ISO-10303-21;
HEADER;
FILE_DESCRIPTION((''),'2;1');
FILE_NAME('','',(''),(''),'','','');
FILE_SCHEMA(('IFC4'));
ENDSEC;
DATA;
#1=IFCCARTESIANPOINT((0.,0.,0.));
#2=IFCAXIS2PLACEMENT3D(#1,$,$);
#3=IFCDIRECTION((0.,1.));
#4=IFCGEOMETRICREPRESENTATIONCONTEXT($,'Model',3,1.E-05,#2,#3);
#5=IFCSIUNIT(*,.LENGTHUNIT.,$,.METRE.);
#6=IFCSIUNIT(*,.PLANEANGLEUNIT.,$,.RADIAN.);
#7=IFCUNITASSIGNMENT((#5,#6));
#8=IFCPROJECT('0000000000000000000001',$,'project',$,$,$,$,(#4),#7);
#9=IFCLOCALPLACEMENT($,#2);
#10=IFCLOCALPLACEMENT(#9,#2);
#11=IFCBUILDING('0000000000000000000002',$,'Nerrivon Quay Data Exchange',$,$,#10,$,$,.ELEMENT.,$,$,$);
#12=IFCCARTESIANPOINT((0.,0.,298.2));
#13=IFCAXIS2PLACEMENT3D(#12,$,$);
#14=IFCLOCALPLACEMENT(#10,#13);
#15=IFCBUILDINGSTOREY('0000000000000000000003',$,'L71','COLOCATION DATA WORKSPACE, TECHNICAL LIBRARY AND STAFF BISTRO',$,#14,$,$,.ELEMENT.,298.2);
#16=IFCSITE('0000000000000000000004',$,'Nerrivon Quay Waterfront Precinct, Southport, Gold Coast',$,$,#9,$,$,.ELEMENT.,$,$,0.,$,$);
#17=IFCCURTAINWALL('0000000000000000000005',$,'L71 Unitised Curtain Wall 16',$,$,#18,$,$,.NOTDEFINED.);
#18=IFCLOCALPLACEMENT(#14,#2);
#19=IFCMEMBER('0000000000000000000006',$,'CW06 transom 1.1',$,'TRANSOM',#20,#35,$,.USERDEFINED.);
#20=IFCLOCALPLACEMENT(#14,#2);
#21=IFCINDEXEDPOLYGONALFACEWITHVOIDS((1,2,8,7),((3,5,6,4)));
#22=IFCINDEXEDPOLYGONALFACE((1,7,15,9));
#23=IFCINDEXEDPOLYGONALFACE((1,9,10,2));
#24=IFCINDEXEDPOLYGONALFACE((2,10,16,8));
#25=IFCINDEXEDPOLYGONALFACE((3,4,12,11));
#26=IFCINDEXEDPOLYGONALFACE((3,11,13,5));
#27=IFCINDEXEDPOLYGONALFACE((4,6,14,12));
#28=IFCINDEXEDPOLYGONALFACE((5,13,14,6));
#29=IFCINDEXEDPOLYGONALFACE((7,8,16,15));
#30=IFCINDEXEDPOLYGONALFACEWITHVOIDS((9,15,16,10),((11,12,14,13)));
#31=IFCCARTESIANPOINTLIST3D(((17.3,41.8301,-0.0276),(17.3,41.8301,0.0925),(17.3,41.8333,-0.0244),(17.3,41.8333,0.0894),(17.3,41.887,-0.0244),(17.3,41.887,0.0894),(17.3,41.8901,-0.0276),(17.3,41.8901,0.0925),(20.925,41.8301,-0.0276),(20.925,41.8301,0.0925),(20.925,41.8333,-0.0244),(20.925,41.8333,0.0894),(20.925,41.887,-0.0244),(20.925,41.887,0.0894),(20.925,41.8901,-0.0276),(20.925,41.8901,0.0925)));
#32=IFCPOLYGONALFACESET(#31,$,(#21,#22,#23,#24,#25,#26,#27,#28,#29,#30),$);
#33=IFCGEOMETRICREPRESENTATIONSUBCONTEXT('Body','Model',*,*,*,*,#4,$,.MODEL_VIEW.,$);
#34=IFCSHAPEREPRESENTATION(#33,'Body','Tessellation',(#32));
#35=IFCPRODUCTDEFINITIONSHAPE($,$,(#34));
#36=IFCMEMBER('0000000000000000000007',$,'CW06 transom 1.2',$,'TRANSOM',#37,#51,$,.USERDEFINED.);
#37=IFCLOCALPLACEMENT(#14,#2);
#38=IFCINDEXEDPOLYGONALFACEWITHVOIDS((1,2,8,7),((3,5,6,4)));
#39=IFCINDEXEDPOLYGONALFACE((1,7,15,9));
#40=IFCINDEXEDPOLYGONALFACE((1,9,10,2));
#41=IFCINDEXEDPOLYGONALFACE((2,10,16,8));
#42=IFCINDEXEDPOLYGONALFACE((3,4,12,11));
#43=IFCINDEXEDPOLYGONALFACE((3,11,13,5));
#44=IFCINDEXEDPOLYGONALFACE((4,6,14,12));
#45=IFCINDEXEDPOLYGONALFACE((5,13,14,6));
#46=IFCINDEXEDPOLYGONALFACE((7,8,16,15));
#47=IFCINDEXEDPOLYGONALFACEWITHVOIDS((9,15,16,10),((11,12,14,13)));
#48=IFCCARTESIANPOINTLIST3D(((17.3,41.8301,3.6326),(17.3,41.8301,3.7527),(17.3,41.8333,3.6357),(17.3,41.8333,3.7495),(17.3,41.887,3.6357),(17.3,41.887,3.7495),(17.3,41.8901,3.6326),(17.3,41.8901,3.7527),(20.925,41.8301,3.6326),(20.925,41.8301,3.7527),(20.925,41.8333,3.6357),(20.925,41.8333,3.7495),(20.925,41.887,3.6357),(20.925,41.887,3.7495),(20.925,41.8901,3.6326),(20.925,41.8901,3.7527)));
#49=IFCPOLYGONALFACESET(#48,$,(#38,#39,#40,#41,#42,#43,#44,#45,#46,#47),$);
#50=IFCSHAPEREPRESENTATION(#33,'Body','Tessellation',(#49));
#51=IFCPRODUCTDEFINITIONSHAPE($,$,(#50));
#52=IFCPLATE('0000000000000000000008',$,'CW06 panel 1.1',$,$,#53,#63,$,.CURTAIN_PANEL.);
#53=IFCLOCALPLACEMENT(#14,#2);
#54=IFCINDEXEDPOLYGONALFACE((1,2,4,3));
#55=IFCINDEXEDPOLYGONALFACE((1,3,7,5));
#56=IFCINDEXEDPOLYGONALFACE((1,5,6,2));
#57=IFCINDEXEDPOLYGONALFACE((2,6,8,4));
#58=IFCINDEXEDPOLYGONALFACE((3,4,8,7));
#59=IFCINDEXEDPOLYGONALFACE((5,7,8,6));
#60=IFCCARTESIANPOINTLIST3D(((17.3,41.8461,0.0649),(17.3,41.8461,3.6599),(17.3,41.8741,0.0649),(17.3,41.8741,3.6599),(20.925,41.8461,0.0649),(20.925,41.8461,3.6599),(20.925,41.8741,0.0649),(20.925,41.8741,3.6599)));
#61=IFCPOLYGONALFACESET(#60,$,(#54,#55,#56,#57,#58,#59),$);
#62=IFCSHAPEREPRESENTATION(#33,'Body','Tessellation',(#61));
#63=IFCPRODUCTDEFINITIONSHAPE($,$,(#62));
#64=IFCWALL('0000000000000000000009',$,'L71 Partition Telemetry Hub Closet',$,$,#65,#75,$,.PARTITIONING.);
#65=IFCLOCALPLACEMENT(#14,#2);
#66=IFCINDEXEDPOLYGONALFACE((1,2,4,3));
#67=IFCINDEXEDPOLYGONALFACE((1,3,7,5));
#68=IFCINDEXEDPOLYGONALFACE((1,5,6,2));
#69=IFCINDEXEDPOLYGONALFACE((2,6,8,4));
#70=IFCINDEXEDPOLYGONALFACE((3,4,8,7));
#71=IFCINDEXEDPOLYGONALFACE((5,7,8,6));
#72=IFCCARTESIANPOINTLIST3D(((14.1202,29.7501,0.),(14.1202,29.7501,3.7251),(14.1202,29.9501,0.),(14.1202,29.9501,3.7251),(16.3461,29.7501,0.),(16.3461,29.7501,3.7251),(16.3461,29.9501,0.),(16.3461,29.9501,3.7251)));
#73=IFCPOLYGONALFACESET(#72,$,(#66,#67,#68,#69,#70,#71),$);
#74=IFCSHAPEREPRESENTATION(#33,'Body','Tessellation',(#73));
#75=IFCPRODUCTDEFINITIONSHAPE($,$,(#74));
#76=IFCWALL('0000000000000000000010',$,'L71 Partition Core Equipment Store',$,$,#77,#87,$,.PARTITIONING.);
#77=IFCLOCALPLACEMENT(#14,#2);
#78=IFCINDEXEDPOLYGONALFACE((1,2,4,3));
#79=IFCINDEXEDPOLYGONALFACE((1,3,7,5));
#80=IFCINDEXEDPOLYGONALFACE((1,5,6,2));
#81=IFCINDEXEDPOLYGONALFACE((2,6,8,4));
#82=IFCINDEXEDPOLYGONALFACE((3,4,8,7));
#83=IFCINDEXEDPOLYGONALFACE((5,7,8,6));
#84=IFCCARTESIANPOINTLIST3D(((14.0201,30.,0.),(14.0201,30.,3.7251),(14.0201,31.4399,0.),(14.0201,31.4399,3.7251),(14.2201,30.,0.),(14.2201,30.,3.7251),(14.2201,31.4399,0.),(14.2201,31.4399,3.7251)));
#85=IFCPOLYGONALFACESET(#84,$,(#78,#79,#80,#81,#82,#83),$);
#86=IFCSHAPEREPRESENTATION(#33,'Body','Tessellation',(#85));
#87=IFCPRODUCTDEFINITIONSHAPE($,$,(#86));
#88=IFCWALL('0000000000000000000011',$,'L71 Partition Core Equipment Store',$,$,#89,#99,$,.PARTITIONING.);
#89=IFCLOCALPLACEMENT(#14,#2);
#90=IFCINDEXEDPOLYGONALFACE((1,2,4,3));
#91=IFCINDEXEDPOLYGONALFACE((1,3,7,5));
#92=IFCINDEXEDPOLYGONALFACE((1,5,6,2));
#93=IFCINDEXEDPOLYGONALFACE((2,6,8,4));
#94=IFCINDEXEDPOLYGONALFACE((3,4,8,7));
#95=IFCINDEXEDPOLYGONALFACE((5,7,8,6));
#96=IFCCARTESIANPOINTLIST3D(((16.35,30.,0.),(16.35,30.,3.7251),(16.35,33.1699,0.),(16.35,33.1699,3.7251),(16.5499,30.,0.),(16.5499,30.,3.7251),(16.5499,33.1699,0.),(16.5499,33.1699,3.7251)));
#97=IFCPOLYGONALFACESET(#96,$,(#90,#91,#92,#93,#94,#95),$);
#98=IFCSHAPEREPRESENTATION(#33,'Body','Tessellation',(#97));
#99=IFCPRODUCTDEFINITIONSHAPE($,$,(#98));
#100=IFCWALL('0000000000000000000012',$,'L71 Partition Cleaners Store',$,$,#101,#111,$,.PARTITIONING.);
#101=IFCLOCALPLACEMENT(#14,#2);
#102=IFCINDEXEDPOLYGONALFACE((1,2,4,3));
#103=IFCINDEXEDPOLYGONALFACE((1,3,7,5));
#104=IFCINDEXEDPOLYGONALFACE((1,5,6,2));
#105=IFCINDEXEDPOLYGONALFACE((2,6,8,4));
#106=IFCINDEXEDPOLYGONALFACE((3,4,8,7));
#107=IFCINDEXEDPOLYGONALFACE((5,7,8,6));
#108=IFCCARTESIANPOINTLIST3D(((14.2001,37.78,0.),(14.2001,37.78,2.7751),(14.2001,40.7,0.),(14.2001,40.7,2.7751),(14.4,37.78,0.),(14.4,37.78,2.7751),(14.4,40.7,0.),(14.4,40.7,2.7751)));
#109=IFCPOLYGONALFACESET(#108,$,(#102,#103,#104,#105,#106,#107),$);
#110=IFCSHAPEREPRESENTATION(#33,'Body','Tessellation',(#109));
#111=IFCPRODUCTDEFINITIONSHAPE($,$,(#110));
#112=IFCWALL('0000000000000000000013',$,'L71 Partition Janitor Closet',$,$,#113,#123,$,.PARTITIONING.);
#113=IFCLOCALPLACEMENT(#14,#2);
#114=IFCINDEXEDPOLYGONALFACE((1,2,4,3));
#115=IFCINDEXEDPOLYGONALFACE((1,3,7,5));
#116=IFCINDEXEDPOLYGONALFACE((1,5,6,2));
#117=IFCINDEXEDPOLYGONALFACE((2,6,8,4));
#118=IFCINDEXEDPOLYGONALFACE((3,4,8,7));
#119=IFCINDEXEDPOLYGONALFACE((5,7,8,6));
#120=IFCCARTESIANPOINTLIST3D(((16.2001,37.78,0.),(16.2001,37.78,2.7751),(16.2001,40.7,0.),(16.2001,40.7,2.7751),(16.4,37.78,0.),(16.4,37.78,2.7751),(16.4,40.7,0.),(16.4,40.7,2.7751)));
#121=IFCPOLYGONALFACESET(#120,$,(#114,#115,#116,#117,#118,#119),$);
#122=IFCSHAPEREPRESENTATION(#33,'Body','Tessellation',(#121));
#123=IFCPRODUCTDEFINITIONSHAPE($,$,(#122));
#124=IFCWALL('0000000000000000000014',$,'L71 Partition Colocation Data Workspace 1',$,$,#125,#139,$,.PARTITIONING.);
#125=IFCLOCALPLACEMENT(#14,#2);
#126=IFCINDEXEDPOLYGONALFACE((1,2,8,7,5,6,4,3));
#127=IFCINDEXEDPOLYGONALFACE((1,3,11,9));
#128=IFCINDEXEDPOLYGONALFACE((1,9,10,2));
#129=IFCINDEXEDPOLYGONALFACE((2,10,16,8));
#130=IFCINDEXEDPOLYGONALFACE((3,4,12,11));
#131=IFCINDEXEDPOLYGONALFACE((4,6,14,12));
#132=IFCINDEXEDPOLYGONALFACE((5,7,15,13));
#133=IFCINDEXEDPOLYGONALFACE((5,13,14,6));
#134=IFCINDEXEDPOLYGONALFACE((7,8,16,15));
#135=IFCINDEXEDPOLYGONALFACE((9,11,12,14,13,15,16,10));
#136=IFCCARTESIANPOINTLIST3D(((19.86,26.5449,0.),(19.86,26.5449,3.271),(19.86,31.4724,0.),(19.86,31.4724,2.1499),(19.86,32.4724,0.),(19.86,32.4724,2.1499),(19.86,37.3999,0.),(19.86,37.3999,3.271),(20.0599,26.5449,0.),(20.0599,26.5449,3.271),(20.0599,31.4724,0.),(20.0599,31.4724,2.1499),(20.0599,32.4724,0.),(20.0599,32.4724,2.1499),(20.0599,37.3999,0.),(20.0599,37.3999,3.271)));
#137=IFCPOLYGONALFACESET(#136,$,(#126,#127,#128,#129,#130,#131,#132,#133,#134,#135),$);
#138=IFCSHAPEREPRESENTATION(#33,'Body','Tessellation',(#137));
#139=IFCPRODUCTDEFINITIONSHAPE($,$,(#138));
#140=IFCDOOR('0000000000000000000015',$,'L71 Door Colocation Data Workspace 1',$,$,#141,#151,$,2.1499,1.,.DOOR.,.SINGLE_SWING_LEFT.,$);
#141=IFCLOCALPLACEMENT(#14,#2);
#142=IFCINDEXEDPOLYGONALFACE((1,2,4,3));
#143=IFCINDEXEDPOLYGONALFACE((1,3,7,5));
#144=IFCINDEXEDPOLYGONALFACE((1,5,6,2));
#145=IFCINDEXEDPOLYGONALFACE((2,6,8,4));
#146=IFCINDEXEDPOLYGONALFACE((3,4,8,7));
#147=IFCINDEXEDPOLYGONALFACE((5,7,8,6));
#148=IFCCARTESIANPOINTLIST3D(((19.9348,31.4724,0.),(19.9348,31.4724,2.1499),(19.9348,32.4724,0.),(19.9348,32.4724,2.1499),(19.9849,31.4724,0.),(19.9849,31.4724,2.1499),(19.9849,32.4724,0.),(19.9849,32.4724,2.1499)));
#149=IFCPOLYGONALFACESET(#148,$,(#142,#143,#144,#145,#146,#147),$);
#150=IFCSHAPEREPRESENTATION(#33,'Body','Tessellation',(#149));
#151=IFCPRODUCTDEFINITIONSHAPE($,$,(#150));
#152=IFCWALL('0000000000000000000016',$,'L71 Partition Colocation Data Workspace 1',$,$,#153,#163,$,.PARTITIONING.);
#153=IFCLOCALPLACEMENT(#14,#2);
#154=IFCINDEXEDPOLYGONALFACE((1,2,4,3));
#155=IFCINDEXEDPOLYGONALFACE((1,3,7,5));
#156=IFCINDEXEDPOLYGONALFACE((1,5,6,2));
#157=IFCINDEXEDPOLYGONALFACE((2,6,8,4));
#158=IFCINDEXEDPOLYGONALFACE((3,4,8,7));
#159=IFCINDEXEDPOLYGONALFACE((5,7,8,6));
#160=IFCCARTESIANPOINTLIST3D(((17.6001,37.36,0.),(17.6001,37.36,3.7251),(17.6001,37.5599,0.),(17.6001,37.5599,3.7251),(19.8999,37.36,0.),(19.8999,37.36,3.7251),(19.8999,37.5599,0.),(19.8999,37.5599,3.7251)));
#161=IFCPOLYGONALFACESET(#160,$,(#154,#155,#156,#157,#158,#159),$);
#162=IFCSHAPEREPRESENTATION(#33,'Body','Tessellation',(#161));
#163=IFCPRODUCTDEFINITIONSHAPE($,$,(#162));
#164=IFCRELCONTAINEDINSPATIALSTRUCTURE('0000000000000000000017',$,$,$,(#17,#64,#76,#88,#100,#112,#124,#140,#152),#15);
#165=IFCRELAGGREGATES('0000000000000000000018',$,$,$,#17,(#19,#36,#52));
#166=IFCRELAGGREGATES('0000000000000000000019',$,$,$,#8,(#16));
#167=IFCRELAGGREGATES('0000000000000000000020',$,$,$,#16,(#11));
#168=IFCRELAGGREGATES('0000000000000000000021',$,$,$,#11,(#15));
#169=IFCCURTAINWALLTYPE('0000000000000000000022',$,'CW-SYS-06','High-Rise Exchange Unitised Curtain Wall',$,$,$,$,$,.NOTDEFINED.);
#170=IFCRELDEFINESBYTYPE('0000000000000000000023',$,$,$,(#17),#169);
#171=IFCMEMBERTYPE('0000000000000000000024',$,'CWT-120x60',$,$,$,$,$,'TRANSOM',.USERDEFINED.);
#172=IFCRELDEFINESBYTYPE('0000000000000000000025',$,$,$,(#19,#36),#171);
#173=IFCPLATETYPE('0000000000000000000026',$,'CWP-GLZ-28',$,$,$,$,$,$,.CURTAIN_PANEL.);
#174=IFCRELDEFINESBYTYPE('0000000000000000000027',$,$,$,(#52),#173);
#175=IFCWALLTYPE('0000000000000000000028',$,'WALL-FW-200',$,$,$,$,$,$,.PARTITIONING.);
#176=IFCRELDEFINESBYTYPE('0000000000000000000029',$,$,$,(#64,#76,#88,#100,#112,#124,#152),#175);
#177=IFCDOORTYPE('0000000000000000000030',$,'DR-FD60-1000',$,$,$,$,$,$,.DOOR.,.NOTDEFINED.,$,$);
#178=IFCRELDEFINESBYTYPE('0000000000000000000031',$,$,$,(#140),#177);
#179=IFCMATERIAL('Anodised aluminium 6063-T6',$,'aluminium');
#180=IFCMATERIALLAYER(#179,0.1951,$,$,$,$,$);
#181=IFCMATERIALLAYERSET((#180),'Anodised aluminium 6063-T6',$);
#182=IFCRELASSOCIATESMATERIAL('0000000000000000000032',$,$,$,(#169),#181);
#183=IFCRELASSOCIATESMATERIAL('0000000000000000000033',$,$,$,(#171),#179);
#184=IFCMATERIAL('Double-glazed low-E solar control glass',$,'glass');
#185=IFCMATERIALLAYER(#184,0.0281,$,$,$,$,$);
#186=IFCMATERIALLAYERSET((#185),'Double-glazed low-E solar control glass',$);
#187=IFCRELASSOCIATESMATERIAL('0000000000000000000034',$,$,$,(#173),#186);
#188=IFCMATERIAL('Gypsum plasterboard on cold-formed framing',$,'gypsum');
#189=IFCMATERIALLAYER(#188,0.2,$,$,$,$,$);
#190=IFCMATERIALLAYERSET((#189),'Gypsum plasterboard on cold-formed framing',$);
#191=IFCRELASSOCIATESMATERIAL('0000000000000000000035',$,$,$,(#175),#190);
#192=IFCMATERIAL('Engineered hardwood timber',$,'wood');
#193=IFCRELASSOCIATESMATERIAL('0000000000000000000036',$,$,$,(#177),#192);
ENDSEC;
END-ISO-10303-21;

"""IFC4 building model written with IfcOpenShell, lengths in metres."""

from ifc_helpers import new_model, si_unit, direction, frame, frame_2d, origin, origin_2d, place, context, subcontext, project, spatial, rectangle, hollow_rectangle, extrude, material, layer, layer_set, material_profile, profile_set, type_object, element, fill, aggregate, save


model = new_model("IFC4")

# Units and contexts
model_context = context("Model", 3, precision=1e-05, world=origin(), true_north=direction((0.0, 1.0)))
body_context = subcontext(model_context, "Body", "Model", "MODEL_VIEW")
ifc_project = project(units=[si_unit("LENGTHUNIT", "METRE"), si_unit("PLANEANGLEUNIT", "RADIAN")], contexts=[model_context])

# Site, building, storey
site_placement = place(None, origin())
site = spatial("IfcSite", under=ifc_project, at=site_placement, Name="Nerrivon Quay Waterfront Precinct, Southport, Gold Coast", CompositionType="ELEMENT", RefElevation=0.0)
building_placement = place(site_placement, origin())
building = spatial("IfcBuilding", under=site, at=building_placement, Name="Nerrivon Quay Data Exchange", CompositionType="ELEMENT")
storey_placement = place(building_placement, frame((0.0, 0.0, 298.2)))
storey = spatial("IfcBuildingStorey", under=building, at=storey_placement, Name="L71", Description="COLOCATION DATA WORKSPACE, TECHNICAL LIBRARY AND STAFF BISTRO", CompositionType="ELEMENT", Elevation=298.2)

# Curtain wall
ifc_material_1 = material(Name="Anodised aluminium 6063-T6", Category="aluminium")
ifc_layer_1 = layer(ifc_material_1, 0.1951)
ifc_layer_set_1 = layer_set([ifc_layer_1], Name="Anodised aluminium 6063-T6")
curtain_wall_type = type_object("IfcCurtainWallType", Name="CW-SYS-06", Description="High-Rise Exchange Unitised Curtain Wall", PredefinedType="NOTDEFINED", material=ifc_layer_set_1)
curtain_wall_1_placement = place(storey_placement, origin())
curtain_wall_1 = element("IfcCurtainWall", 1, at=curtain_wall_1_placement, inside=storey, type_object=curtain_wall_type, Name="L71 Unitised Curtain Wall 16", PredefinedType="NOTDEFINED")

# Members
ifc_material_profile_1 = material_profile(ifc_material_1, hollow_rectangle(XDim=0.0601, YDim=0.1201, WallThickness=0.0032, at=origin_2d()), Name="ALU-TRAN-120x60")
ifc_profile_set_1 = profile_set([ifc_material_profile_1], Name="Anodised aluminium 6063-T6")
member_type_1 = type_object("IfcMemberType", Name="CWT-120x60", ElementType="TRANSOM", PredefinedType="USERDEFINED", material=ifc_profile_set_1)
member_1_placement = place(storey_placement, frame((17.3, 41.8601, 0.0325), z_axis=(1.0, 0.0, 0.0), x_axis=(0.0, 1.0, 0.0)))
member_1 = element("IfcMember", 2, at=member_1_placement, type_object=member_type_1, Name="CW06 transom 1.1", ObjectType="TRANSOM", PredefinedType="USERDEFINED", context=body_context, shape_type="SweptSolid", body=[
    extrude(hollow_rectangle(XDim=0.0601, YDim=0.1201, WallThickness=0.0032, at=origin_2d()), origin(), (0.0, 0.0, 1.0), 3.625),
])
member_2_placement = place(storey_placement, frame((17.3, 41.8601, 3.6926), z_axis=(1.0, 0.0, 0.0), x_axis=(0.0, 1.0, 0.0)))
member_2 = element("IfcMember", 3, at=member_2_placement, type_object=member_type_1, Name="CW06 transom 1.2", ObjectType="TRANSOM", PredefinedType="USERDEFINED", context=body_context, shape_type="SweptSolid", body=[
    extrude(hollow_rectangle(XDim=0.0601, YDim=0.1201, WallThickness=0.0032, at=origin_2d()), origin(), (0.0, 0.0, 1.0), 3.625),
])

# Plate
ifc_material_2 = material(Name="Double-glazed low-E solar control glass", Category="glass")
ifc_layer_2 = layer(ifc_material_2, 0.0281)
ifc_layer_set_2 = layer_set([ifc_layer_2], Name="Double-glazed low-E solar control glass")
plate_type = type_object("IfcPlateType", Name="CWP-GLZ-28", PredefinedType="CURTAIN_PANEL", material=ifc_layer_set_2)
plate_placement = place(storey_placement, frame((19.1125, 41.8601, 0.0649), z_axis=(0.0, 0.0, 1.0), x_axis=(1.0, 0.0, 0.0)))
plate = element("IfcPlate", 4, at=plate_placement, type_object=plate_type, Name="CW06 panel 1.1", PredefinedType="CURTAIN_PANEL", context=body_context, shape_type="SweptSolid", body=[
    extrude(rectangle(XDim=3.625, YDim=0.0281, at=origin_2d()), origin(), (0.0, 0.0, 1.0), 3.595),
])
aggregate(curtain_wall_1, [member_1, member_2, plate])

# Wall
ifc_material_3 = material(Name="Gypsum plasterboard on cold-formed framing", Category="gypsum")
ifc_layer_3 = layer(ifc_material_3, 0.2)
ifc_layer_set_3 = layer_set([ifc_layer_3], Name="Gypsum plasterboard on cold-formed framing")
wall_type_1 = type_object("IfcWallType", Name="WALL-FW-200", PredefinedType="PARTITIONING", material=ifc_layer_set_3)
wall_1_placement = place(storey_placement, frame((16.3459, 29.8501, 0.0), z_axis=(0.0, 0.0, 1.0), x_axis=(-1.0, 0.0, 0.0)))
element("IfcWall", 5, at=wall_1_placement, inside=storey, type_object=wall_type_1, Name="L71 Partition Telemetry Hub Closet", PredefinedType="PARTITIONING", context=body_context, shape_type="SweptSolid", body=[
    extrude(rectangle(XDim=2.2258, YDim=0.2, at=frame_2d((1.1128, 0.0))), origin(), (0.0, 0.0, 1.0), 3.7251),
])

# Shared definitions
ifc_material_4 = material(Name="Engineered hardwood timber", Category="wood")

# Walls
wall_2_placement = place(storey_placement, frame((14.1201, 31.4399, 0.0), z_axis=(0.0, 0.0, 1.0), x_axis=(0.0, -1.0, 0.0)))
element("IfcWall", 6, at=wall_2_placement, inside=storey, type_object=wall_type_1, Name="L71 Partition Core Equipment Store", PredefinedType="PARTITIONING", context=body_context, shape_type="SweptSolid", body=[
    extrude(rectangle(XDim=1.4399, YDim=0.2, at=frame_2d((0.72, 0.0))), origin(), (0.0, 0.0, 1.0), 3.7251),
])
wall_3_placement = place(storey_placement, frame((16.45, 30.0, 0.0), z_axis=(0.0, 0.0, 1.0), x_axis=(0.0, 1.0, 0.0)))
element("IfcWall", 7, at=wall_3_placement, inside=storey, type_object=wall_type_1, Name="L71 Partition Core Equipment Store", PredefinedType="PARTITIONING", context=body_context, shape_type="SweptSolid", body=[
    extrude(rectangle(XDim=3.1699, YDim=0.2, at=frame_2d((1.585, 0.0))), origin(), (0.0, 0.0, 1.0), 3.7251),
])
for number, where, z_axis, x_axis, name in (
    (8, (14.3, 37.78, 0.0), (0.0, 0.0, 1.0), (0.0, 1.0, 0.0), "L71 Partition Cleaners Store"),
    (9, (16.3, 37.78, 0.0), (0.0, 0.0, 1.0), (0.0, 1.0, 0.0), "L71 Partition Janitor Closet"),
):
    element("IfcWall", number, at=place(storey_placement, frame(where, z_axis=z_axis, x_axis=x_axis)), inside=storey, type_object=wall_type_1, Name=name, PredefinedType="PARTITIONING", context=body_context, shape_type="SweptSolid", body=[
        extrude(rectangle(XDim=2.9199, YDim=0.2, at=frame_2d((1.46, 0.0))), origin(), (0.0, 0.0, 1.0), 2.7751),
    ])

# Wall, opening, door
wall_4_placement = place(storey_placement, frame((19.96, 37.3999, 0.0), z_axis=(0.0, 0.0, 1.0), x_axis=(0.0, -1.0, 0.0)))
wall_4 = element("IfcWall", 10, at=wall_4_placement, inside=storey, type_object=wall_type_1, Name="L71 Partition Colocation Data Workspace 1", PredefinedType="PARTITIONING", context=body_context, shape_type="SweptSolid", body=[
    extrude(rectangle(XDim=10.855, YDim=0.2, at=frame_2d((5.4275, 0.0))), origin(), (0.0, 0.0, 1.0), 3.271),
])
opening_1_placement = place(wall_4_placement, frame((4.9275, 0.0, 0.0)))
opening_1 = element("IfcOpeningElement", 11, at=opening_1_placement, cuts=wall_4, PredefinedType="OPENING", context=body_context, shape_type="SweptSolid", body=[
    extrude(rectangle(XDim=1.0, YDim=2.1499, at=frame_2d((0.5, 1.075))), frame((0.0, 0.1099, 0.0), z_axis=(0.0, -1.0, 0.0), x_axis=(1.0, 0.0, 0.0)), (0.0, 0.0, 1.0), 0.22),
])
door_type_1 = type_object("IfcDoorType", Name="DR-FD60-1000", OperationType="NOTDEFINED", PredefinedType="DOOR", material=ifc_material_4)
door_1_placement = place(opening_1_placement, origin())
door_1 = element("IfcDoor", 12, at=door_1_placement, inside=storey, type_object=door_type_1, Name="L71 Door Colocation Data Workspace 1", OperationType="SINGLE_SWING_LEFT", OverallHeight=2.1499, OverallWidth=1.0, PredefinedType="DOOR", context=body_context, shape_type="SweptSolid", body=[
    extrude(rectangle(XDim=1.0, YDim=2.1499, at=frame_2d((0.5, 1.075))), frame((0.0, 0.0249, 0.0), z_axis=(0.0, -1.0, 0.0), x_axis=(1.0, 0.0, 0.0)), (0.0, 0.0, 1.0), 0.05),
])
fill(opening_1, door_1)

# Wall
wall_5_placement = place(storey_placement, frame((17.6001, 37.46, 0.0), z_axis=(0.0, 0.0, 1.0), x_axis=(1.0, 0.0, 0.0)))
element("IfcWall", 13, at=wall_5_placement, inside=storey, type_object=wall_type_1, Name="L71 Partition Colocation Data Workspace 1", PredefinedType="PARTITIONING", context=body_context, shape_type="SweptSolid", body=[
    extrude(rectangle(XDim=2.2998, YDim=0.2, at=frame_2d((1.1499, 0.0))), origin(), (0.0, 0.0, 1.0), 3.7251),
])

save(model, "model.ifc")
